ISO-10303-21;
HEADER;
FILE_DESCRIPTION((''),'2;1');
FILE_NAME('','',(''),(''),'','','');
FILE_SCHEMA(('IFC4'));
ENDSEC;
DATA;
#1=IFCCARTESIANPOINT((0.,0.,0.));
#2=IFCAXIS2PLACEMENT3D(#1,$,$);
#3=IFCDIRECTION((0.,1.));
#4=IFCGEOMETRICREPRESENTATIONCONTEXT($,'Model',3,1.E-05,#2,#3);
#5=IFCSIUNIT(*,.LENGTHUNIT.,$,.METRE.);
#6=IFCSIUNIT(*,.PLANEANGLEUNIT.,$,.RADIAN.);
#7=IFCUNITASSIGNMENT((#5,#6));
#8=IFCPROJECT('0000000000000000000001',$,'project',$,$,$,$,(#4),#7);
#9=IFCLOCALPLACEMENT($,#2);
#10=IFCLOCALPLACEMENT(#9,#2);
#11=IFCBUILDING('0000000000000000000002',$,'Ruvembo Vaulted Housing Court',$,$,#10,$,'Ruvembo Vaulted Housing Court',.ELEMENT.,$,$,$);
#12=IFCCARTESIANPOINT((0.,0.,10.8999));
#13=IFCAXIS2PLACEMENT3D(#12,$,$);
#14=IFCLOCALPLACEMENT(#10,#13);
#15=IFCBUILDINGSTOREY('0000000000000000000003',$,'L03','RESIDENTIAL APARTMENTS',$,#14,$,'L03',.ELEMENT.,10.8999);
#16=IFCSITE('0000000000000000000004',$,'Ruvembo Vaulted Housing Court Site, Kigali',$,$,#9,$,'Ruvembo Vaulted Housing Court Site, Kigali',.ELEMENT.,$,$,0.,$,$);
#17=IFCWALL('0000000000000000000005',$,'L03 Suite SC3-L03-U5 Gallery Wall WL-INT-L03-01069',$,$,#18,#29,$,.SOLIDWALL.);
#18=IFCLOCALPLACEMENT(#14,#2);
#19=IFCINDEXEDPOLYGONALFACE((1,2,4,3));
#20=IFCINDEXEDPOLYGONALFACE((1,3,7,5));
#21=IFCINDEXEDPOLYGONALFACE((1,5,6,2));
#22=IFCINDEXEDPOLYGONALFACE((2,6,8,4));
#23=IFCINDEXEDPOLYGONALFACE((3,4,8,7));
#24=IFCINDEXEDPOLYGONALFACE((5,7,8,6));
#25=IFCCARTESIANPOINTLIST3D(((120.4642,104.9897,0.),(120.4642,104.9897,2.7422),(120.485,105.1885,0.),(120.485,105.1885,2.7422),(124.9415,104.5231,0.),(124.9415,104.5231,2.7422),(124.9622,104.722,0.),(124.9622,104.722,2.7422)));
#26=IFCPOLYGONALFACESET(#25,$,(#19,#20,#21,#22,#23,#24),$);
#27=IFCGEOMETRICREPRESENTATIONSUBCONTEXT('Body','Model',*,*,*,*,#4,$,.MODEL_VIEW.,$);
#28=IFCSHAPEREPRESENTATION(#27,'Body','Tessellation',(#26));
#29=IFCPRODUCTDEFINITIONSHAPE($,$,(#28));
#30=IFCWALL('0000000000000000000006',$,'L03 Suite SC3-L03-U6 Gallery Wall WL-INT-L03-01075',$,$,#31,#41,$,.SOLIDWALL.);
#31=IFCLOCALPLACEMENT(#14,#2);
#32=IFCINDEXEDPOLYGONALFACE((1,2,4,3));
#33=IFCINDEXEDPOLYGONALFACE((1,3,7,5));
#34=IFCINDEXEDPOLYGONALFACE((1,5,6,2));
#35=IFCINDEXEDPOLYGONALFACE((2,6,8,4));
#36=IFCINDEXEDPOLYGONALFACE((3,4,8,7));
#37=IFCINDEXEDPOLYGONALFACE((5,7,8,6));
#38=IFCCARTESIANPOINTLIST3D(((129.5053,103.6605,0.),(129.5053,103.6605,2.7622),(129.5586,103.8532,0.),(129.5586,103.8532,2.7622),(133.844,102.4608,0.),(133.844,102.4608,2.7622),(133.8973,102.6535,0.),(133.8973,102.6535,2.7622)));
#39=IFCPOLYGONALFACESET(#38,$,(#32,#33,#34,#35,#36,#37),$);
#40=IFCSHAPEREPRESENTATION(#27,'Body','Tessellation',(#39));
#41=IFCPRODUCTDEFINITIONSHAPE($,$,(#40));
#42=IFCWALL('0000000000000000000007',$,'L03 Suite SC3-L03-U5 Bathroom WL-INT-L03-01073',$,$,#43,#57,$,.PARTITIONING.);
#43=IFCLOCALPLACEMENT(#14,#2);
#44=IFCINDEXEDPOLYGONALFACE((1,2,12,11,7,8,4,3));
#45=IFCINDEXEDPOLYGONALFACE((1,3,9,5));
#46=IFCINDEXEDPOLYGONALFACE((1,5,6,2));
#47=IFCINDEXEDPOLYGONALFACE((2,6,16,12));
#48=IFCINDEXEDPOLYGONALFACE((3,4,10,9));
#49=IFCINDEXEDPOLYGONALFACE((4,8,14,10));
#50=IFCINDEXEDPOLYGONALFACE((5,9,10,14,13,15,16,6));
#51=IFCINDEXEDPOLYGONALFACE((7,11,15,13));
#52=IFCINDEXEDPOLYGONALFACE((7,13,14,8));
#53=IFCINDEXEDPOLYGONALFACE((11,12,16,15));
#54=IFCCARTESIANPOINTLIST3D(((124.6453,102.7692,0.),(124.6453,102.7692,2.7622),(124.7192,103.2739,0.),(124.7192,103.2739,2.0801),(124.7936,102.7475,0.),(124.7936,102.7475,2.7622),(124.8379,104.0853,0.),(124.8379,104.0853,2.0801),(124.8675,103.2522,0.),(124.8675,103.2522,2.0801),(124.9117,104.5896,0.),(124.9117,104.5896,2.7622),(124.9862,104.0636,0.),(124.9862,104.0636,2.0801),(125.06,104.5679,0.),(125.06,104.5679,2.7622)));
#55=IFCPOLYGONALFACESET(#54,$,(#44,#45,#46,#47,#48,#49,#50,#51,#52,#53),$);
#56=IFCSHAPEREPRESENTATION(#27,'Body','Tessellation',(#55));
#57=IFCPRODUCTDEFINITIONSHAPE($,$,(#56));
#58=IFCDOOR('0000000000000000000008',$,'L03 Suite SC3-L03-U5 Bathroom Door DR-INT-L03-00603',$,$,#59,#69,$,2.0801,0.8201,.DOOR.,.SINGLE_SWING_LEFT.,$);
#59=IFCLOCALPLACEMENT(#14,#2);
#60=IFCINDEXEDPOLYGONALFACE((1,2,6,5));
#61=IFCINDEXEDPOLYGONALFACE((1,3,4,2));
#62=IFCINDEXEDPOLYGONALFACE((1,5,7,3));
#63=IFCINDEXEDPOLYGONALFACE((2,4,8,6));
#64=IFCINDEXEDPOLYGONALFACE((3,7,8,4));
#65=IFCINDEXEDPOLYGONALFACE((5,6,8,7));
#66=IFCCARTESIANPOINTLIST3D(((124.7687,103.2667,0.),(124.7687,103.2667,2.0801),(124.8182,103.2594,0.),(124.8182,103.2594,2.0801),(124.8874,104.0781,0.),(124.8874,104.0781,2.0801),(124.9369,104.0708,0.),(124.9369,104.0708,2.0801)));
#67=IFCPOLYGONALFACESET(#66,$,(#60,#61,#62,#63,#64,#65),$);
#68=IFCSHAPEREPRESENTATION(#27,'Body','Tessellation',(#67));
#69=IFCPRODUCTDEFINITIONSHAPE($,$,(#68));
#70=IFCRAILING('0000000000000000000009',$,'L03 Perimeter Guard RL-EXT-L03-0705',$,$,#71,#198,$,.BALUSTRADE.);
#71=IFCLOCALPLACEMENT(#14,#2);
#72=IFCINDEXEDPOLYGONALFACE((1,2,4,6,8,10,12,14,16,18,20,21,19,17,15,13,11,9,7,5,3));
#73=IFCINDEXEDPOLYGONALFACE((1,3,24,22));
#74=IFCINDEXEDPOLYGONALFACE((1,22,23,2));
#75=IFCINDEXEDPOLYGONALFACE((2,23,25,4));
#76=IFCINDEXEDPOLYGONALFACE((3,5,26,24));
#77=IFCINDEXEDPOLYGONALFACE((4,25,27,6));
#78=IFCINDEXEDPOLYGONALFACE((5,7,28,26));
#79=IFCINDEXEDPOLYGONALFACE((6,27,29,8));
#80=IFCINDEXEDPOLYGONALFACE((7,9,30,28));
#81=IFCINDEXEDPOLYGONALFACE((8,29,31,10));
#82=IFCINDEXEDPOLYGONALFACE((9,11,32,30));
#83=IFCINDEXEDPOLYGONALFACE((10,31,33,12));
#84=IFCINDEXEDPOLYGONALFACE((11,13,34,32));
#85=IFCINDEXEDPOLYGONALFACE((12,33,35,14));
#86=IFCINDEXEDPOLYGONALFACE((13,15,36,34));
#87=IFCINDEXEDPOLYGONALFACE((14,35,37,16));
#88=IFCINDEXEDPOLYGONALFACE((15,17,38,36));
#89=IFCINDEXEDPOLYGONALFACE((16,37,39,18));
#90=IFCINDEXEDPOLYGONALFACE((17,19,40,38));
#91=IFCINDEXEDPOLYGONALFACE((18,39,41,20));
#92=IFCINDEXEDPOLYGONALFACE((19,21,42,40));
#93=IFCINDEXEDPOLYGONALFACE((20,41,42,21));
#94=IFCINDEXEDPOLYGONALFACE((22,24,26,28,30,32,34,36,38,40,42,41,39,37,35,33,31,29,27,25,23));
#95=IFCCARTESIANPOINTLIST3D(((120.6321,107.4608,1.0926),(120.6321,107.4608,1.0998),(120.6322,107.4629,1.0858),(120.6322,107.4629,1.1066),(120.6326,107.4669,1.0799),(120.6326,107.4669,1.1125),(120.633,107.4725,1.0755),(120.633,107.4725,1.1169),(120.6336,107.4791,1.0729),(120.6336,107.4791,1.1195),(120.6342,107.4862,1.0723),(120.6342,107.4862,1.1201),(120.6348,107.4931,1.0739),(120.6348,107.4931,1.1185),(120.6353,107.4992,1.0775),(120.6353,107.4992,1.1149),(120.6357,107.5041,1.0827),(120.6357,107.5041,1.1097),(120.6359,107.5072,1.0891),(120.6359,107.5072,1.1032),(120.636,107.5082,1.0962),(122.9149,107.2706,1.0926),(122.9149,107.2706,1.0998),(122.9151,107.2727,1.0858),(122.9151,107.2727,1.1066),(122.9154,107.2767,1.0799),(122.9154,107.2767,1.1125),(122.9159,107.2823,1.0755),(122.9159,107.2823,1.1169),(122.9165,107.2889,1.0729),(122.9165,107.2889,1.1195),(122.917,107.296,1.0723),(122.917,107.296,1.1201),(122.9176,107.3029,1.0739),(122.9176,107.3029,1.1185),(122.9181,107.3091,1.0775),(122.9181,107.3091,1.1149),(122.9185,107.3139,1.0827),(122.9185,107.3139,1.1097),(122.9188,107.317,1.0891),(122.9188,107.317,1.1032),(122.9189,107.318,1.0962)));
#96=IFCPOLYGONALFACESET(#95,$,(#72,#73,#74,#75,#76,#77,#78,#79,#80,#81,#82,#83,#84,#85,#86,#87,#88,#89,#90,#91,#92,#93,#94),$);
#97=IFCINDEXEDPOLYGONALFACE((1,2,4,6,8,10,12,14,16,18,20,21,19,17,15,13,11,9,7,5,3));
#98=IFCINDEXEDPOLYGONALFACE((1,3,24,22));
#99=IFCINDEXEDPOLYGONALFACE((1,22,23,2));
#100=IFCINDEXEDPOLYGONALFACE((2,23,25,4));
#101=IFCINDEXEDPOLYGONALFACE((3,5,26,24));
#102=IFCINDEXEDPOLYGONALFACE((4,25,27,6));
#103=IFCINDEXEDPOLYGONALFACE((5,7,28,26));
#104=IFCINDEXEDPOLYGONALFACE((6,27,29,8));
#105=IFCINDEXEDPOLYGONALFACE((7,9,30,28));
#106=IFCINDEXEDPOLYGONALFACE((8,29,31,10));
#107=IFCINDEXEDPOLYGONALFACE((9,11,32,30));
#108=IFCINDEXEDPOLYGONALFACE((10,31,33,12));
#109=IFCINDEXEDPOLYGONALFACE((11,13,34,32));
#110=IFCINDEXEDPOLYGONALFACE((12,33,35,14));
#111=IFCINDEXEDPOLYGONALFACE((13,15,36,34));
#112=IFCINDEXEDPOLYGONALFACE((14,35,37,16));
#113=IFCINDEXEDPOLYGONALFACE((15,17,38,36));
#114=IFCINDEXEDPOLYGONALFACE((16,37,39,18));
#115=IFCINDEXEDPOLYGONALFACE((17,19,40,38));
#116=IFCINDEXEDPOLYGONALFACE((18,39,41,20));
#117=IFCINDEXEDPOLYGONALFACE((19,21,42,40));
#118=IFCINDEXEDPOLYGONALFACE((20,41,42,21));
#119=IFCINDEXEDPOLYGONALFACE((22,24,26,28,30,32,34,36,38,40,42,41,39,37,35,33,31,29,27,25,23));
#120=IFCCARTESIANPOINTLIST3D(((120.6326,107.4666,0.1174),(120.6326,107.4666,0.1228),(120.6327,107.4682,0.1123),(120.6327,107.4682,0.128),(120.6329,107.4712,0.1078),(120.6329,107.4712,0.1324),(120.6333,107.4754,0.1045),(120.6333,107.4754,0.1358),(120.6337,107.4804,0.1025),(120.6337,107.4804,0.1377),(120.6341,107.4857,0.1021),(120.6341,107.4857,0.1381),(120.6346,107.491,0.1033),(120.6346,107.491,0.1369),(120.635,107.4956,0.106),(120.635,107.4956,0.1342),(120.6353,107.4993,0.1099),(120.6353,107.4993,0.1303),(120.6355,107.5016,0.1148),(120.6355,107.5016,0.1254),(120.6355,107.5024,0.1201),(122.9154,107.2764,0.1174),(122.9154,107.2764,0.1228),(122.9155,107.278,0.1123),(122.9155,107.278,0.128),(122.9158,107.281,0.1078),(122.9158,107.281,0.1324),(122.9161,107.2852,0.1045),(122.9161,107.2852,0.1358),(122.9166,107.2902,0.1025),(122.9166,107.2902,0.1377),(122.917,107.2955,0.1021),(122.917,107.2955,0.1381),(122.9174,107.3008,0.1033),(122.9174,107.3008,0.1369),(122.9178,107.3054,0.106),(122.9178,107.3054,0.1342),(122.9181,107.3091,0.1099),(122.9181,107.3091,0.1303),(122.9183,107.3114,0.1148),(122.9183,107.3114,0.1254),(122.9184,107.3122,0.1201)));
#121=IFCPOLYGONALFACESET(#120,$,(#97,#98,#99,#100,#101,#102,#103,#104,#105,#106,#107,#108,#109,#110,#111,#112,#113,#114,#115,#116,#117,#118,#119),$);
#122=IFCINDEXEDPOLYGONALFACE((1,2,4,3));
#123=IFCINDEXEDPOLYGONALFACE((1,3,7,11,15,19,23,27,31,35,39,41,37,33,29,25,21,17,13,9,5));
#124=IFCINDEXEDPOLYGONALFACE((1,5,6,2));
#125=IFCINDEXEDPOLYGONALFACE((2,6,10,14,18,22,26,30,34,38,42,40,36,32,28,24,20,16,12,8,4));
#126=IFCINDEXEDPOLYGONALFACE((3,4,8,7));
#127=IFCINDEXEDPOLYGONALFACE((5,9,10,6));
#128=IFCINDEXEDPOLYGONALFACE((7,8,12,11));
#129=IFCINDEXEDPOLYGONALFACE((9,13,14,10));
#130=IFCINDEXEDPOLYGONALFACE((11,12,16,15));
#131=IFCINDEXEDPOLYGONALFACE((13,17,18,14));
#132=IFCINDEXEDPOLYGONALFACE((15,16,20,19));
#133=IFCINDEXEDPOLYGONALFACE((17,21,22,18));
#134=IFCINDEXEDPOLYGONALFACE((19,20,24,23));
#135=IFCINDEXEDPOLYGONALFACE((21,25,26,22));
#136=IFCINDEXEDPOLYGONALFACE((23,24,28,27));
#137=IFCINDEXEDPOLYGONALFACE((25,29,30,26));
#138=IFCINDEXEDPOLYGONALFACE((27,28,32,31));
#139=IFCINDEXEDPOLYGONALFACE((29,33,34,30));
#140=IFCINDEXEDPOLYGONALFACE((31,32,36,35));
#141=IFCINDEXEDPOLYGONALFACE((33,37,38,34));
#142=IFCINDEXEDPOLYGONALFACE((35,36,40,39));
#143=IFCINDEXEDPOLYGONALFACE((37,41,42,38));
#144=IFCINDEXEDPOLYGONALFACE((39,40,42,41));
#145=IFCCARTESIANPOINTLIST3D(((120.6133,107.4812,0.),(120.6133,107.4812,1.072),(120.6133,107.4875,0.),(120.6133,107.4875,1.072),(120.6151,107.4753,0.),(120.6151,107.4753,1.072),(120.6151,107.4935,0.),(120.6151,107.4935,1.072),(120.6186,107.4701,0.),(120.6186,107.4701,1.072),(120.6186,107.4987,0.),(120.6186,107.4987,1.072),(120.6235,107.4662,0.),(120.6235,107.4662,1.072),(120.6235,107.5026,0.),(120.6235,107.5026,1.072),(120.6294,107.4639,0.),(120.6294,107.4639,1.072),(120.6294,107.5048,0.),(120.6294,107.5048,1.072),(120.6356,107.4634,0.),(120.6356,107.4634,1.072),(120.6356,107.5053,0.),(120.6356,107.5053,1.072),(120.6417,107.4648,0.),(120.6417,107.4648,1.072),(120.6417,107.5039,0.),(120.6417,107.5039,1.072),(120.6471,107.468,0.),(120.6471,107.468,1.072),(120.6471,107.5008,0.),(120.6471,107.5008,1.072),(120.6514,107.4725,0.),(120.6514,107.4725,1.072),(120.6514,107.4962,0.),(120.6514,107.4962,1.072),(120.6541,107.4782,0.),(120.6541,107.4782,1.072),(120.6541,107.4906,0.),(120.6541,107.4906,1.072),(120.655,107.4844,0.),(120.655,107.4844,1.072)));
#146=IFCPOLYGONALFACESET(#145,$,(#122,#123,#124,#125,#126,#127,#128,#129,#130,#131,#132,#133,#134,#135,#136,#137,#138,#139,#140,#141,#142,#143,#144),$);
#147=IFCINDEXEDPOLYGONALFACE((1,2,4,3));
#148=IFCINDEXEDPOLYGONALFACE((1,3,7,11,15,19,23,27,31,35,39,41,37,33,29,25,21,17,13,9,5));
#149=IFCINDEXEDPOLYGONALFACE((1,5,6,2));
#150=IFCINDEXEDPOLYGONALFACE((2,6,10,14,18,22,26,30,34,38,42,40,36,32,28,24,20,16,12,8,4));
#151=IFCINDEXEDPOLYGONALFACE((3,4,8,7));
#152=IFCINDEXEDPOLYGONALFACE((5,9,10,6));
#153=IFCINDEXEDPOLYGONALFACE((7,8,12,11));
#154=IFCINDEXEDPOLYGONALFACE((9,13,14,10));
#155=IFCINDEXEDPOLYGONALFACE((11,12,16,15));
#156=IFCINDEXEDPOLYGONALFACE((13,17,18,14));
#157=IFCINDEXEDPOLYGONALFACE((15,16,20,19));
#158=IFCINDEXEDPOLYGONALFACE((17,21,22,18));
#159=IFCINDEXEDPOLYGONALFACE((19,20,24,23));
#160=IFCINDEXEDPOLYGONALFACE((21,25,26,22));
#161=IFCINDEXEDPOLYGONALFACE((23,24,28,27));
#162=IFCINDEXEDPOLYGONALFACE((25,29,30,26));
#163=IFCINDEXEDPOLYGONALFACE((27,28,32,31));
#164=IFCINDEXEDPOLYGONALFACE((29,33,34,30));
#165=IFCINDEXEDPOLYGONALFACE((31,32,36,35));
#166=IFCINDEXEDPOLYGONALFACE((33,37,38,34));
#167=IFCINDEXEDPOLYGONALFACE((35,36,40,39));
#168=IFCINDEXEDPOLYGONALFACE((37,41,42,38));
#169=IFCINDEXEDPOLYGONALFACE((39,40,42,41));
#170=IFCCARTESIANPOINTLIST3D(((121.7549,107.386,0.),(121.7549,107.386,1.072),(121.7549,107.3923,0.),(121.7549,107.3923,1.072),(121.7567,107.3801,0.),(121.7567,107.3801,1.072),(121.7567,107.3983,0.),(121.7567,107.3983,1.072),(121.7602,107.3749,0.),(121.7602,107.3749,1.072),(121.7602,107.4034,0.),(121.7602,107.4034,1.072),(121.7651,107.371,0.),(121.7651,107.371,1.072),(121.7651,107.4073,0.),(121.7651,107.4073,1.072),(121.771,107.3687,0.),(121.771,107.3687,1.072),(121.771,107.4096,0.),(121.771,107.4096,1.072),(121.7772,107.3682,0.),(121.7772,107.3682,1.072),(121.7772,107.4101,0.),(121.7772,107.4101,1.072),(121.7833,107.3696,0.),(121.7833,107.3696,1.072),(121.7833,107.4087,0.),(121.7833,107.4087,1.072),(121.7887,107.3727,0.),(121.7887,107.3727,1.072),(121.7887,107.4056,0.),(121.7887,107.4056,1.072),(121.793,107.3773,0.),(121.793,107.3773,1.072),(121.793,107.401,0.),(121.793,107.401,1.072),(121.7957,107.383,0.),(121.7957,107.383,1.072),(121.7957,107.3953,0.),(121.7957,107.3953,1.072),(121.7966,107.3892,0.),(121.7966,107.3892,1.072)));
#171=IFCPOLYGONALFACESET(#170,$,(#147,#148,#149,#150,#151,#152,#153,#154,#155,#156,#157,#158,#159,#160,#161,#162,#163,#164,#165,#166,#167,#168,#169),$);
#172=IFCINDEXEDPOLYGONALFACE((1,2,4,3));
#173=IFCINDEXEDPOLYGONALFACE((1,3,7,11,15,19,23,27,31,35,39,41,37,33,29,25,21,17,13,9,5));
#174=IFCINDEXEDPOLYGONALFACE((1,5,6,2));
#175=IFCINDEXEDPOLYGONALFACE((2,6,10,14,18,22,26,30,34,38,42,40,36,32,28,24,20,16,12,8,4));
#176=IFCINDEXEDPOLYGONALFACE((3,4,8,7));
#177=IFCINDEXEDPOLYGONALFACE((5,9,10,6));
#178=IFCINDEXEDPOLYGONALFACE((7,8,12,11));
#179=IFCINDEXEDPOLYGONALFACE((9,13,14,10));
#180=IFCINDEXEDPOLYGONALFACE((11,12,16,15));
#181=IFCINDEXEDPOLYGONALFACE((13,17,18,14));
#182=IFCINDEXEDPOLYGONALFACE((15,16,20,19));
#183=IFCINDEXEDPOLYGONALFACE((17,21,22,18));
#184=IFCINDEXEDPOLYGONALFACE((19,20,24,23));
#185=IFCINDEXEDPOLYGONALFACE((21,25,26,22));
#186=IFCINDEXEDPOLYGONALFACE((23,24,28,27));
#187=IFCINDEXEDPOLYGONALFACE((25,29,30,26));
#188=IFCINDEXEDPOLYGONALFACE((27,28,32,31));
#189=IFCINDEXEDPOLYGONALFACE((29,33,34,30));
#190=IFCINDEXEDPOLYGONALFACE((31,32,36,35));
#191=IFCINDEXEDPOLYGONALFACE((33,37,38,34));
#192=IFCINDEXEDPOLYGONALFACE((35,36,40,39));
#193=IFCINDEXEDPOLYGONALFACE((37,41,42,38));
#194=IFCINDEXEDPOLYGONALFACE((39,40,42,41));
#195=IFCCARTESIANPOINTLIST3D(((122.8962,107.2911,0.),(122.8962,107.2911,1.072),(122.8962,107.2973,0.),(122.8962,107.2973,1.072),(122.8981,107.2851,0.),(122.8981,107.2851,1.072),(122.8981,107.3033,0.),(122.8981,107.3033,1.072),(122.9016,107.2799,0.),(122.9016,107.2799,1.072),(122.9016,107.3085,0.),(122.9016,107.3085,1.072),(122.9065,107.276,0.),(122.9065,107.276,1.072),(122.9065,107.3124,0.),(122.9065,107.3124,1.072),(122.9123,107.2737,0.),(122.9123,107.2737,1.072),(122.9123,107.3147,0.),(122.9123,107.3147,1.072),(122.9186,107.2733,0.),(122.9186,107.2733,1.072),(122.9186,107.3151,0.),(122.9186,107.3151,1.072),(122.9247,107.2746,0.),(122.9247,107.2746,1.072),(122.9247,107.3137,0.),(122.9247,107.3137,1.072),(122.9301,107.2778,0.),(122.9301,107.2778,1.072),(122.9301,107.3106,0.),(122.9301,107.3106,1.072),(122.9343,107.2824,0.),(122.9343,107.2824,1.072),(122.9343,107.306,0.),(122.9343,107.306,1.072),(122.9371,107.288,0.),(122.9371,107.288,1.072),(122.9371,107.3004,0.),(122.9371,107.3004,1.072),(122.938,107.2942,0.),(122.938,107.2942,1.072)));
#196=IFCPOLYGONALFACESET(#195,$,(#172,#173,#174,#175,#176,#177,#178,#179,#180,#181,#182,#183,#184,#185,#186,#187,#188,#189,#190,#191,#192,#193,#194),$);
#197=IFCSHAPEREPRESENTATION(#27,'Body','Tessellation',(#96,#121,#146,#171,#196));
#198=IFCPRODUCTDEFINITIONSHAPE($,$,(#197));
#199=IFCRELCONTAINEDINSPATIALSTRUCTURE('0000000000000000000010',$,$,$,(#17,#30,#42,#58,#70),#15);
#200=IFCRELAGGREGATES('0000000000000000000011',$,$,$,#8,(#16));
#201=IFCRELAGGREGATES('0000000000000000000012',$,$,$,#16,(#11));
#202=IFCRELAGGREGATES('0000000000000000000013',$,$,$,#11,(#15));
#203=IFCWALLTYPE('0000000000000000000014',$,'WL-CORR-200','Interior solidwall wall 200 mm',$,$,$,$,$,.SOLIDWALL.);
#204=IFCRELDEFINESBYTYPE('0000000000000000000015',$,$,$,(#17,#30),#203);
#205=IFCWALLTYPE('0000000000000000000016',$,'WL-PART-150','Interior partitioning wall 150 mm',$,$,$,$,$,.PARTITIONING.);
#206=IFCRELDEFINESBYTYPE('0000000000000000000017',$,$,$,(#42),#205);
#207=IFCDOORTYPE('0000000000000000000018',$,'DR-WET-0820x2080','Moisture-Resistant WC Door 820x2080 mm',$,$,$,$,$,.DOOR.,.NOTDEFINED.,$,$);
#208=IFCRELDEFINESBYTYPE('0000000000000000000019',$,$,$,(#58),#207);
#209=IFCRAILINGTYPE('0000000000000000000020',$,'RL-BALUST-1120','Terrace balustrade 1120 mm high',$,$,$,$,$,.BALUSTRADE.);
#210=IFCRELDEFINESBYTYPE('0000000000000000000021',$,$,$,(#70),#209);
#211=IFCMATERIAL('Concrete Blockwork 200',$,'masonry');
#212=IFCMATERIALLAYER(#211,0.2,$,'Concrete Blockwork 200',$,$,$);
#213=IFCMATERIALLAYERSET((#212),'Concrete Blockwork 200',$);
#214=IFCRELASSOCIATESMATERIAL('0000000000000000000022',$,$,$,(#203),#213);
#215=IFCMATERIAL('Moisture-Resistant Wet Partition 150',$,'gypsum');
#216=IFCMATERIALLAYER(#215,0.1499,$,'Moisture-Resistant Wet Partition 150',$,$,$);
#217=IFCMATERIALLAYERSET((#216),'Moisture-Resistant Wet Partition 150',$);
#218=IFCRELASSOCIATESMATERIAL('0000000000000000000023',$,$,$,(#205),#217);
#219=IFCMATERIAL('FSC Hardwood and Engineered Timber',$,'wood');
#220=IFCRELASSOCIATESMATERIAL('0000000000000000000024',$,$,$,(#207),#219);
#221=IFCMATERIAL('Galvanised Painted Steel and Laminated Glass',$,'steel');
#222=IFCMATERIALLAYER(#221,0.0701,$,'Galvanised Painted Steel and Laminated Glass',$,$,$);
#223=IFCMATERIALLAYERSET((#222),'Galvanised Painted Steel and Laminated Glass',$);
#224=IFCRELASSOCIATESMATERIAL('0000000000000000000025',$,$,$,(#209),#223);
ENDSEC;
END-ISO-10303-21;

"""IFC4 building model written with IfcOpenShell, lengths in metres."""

from ifc_helpers import new_model, si_unit, direction, frame, frame_2d, origin, origin_2d, place, context, subcontext, project, spatial, rectangle, circle, extrude, material, layer, layer_set, type_object, element, fill, save


model = new_model("IFC4")

# Units and contexts
model_context = context("Model", 3, precision=1e-05, world=origin(), true_north=direction((0.0, 1.0)))
body_context = subcontext(model_context, "Body", "Model", "MODEL_VIEW")
ifc_project = project(units=[si_unit("LENGTHUNIT", "METRE"), si_unit("PLANEANGLEUNIT", "RADIAN")], contexts=[model_context])

# Site, building, storey
site_placement = place(None, origin())
site = spatial("IfcSite", under=ifc_project, at=site_placement, Name="Ruvembo Vaulted Housing Court Site, Kigali", LongName="Ruvembo Vaulted Housing Court Site, Kigali", CompositionType="ELEMENT", RefElevation=0.0)
building_placement = place(site_placement, origin())
building = spatial("IfcBuilding", under=site, at=building_placement, Name="Ruvembo Vaulted Housing Court", LongName="Ruvembo Vaulted Housing Court", CompositionType="ELEMENT")
storey_placement = place(building_placement, frame((0.0, 0.0, 10.8999)))
storey = spatial("IfcBuildingStorey", under=building, at=storey_placement, Name="L03", Description="RESIDENTIAL APARTMENTS", LongName="L03", CompositionType="ELEMENT", Elevation=10.8999)

# Wall
ifc_material_1 = material(Name="Concrete Blockwork 200", Category="masonry")
ifc_layer_1 = layer(ifc_material_1, 0.2, Name="Concrete Blockwork 200")
ifc_layer_set_1 = layer_set([ifc_layer_1], Name="Concrete Blockwork 200")
wall_type_1 = type_object("IfcWallType", Name="WL-CORR-200", Description="Interior solidwall wall 200 mm", PredefinedType="SOLIDWALL", material=ifc_layer_set_1)
wall_1_placement = place(storey_placement, frame((120.4746, 105.0891, 0.0), z_axis=(0.0, 0.0, 1.0), x_axis=(0.994615, -0.103643, 0.0)))
element("IfcWall", 1, at=wall_1_placement, inside=storey, type_object=wall_type_1, Name="L03 Suite SC3-L03-U5 Gallery Wall WL-INT-L03-01069", PredefinedType="SOLIDWALL", context=body_context, shape_type="SweptSolid", body=[
    extrude(rectangle(XDim=4.5015, YDim=0.2, at=frame_2d((2.2507, 0.0))), origin(), (0.0, 0.0, 1.0), 2.7422),
])

# Shared definitions
ifc_material_2 = material(Name="FSC Hardwood and Engineered Timber", Category="wood")

# Wall
wall_2_placement = place(storey_placement, frame((129.532, 103.7568, 0.0), z_axis=(0.0, 0.0, 1.0), x_axis=(0.96383, -0.266516, 0.0)))
element("IfcWall", 2, at=wall_2_placement, inside=storey, type_object=wall_type_1, Name="L03 Suite SC3-L03-U6 Gallery Wall WL-INT-L03-01075", PredefinedType="SOLIDWALL", context=body_context, shape_type="SweptSolid", body=[
    extrude(rectangle(XDim=4.5015, YDim=0.2, at=frame_2d((2.2507, 0.0))), origin(), (0.0, 0.0, 1.0), 2.7622),
])

# Wall, opening, door
ifc_material_3 = material(Name="Moisture-Resistant Wet Partition 150", Category="gypsum")
ifc_layer_2 = layer(ifc_material_3, 0.1499, Name="Moisture-Resistant Wet Partition 150")
ifc_layer_set_2 = layer_set([ifc_layer_2], Name="Moisture-Resistant Wet Partition 150")
wall_type_2 = type_object("IfcWallType", Name="WL-PART-150", Description="Interior partitioning wall 150 mm", PredefinedType="PARTITIONING", material=ifc_layer_set_2)
wall_3_placement = place(storey_placement, frame((124.7195, 102.7583, 0.0), z_axis=(0.0, 0.0, 1.0), x_axis=(0.144764, 0.989466, 0.0)))
wall_3 = element("IfcWall", 3, at=wall_3_placement, inside=storey, type_object=wall_type_2, Name="L03 Suite SC3-L03-U5 Bathroom WL-INT-L03-01073", PredefinedType="PARTITIONING", context=body_context, shape_type="SweptSolid", body=[
    extrude(rectangle(XDim=1.8398, YDim=0.1499, at=frame_2d((0.9199, 0.0))), origin(), (0.0, 0.0, 1.0), 2.7622),
])
opening_1_placement = place(wall_3_placement, frame((0.51, 0.0, 0.0)))
opening_1 = element("IfcOpeningElement", 4, at=opening_1_placement, cuts=wall_3, PredefinedType="OPENING", context=body_context, shape_type="SweptSolid", body=[
    extrude(rectangle(XDim=0.8201, YDim=2.0801, at=frame_2d((0.4102, 1.04))), frame((0.0, 0.085, 0.0), z_axis=(0.0, -1.0, 0.0), x_axis=(1.0, 0.0, 0.0)), (0.0, 0.0, 1.0), 0.1699),
])
door_type_1 = type_object("IfcDoorType", Name="DR-WET-0820x2080", Description="Moisture-Resistant WC Door 820x2080 mm", OperationType="NOTDEFINED", PredefinedType="DOOR", material=ifc_material_2)
door_1_placement = place(opening_1_placement, origin())
door_1 = element("IfcDoor", 5, at=door_1_placement, inside=storey, type_object=door_type_1, Name="L03 Suite SC3-L03-U5 Bathroom Door DR-INT-L03-00603", OperationType="SINGLE_SWING_LEFT", OverallHeight=2.0801, OverallWidth=0.8201, PredefinedType="DOOR", context=body_context, shape_type="SweptSolid", body=[
    extrude(rectangle(XDim=0.8201, YDim=2.0801, at=frame_2d((0.4102, 1.04))), frame((0.0, 0.0249, 0.0), z_axis=(0.0, -1.0, 0.0), x_axis=(1.0, 0.0, 0.0)), (0.0, 0.0, 1.0), 0.05),
])
fill(opening_1, door_1)

# Railing
ifc_material_4 = material(Name="Galvanised Painted Steel and Laminated Glass", Category="steel")
ifc_layer_3 = layer(ifc_material_4, 0.0701, Name="Galvanised Painted Steel and Laminated Glass")
ifc_layer_set_3 = layer_set([ifc_layer_3], Name="Galvanised Painted Steel and Laminated Glass")
railing_type = type_object("IfcRailingType", Name="RL-BALUST-1120", Description="Terrace balustrade 1120 mm high", PredefinedType="BALUSTRADE", material=ifc_layer_set_3)
railing_1_placement = place(storey_placement, frame((120.634, 107.4844, 0.0)))
element("IfcRailing", 6, at=railing_1_placement, inside=storey, type_object=railing_type, Name="L03 Perimeter Guard RL-EXT-L03-0705", PredefinedType="BALUSTRADE", context=body_context, shape_type="SweptSolid", body=[
    extrude(circle(Radius=0.0239, at=origin_2d()), frame((0.0, 0.0, 1.0962), z_axis=(0.996548, -0.083019, 0.0), x_axis=(0.083019, 0.996548, 0.0)), (0.0, 0.0, 1.0), 2.2908),
    extrude(circle(Radius=0.0181, at=origin_2d()), frame((0.0, 0.0, 0.1201), z_axis=(0.996548, -0.083019, 0.0), x_axis=(0.083019, 0.996548, 0.0)), (0.0, 0.0, 1.0), 2.2908),
    extrude(circle(Radius=0.021, at=origin_2d()), origin(), (0.0, 0.0, 1.0), 1.072),
    extrude(circle(Radius=0.021, at=origin_2d()), frame((1.1416, -0.0952, 0.0)), (0.0, 0.0, 1.0), 1.072),
    extrude(circle(Radius=0.021, at=origin_2d()), frame((2.283, -0.1902, 0.0)), (0.0, 0.0, 1.0), 1.072),
])

save(model, "model.ifc")
